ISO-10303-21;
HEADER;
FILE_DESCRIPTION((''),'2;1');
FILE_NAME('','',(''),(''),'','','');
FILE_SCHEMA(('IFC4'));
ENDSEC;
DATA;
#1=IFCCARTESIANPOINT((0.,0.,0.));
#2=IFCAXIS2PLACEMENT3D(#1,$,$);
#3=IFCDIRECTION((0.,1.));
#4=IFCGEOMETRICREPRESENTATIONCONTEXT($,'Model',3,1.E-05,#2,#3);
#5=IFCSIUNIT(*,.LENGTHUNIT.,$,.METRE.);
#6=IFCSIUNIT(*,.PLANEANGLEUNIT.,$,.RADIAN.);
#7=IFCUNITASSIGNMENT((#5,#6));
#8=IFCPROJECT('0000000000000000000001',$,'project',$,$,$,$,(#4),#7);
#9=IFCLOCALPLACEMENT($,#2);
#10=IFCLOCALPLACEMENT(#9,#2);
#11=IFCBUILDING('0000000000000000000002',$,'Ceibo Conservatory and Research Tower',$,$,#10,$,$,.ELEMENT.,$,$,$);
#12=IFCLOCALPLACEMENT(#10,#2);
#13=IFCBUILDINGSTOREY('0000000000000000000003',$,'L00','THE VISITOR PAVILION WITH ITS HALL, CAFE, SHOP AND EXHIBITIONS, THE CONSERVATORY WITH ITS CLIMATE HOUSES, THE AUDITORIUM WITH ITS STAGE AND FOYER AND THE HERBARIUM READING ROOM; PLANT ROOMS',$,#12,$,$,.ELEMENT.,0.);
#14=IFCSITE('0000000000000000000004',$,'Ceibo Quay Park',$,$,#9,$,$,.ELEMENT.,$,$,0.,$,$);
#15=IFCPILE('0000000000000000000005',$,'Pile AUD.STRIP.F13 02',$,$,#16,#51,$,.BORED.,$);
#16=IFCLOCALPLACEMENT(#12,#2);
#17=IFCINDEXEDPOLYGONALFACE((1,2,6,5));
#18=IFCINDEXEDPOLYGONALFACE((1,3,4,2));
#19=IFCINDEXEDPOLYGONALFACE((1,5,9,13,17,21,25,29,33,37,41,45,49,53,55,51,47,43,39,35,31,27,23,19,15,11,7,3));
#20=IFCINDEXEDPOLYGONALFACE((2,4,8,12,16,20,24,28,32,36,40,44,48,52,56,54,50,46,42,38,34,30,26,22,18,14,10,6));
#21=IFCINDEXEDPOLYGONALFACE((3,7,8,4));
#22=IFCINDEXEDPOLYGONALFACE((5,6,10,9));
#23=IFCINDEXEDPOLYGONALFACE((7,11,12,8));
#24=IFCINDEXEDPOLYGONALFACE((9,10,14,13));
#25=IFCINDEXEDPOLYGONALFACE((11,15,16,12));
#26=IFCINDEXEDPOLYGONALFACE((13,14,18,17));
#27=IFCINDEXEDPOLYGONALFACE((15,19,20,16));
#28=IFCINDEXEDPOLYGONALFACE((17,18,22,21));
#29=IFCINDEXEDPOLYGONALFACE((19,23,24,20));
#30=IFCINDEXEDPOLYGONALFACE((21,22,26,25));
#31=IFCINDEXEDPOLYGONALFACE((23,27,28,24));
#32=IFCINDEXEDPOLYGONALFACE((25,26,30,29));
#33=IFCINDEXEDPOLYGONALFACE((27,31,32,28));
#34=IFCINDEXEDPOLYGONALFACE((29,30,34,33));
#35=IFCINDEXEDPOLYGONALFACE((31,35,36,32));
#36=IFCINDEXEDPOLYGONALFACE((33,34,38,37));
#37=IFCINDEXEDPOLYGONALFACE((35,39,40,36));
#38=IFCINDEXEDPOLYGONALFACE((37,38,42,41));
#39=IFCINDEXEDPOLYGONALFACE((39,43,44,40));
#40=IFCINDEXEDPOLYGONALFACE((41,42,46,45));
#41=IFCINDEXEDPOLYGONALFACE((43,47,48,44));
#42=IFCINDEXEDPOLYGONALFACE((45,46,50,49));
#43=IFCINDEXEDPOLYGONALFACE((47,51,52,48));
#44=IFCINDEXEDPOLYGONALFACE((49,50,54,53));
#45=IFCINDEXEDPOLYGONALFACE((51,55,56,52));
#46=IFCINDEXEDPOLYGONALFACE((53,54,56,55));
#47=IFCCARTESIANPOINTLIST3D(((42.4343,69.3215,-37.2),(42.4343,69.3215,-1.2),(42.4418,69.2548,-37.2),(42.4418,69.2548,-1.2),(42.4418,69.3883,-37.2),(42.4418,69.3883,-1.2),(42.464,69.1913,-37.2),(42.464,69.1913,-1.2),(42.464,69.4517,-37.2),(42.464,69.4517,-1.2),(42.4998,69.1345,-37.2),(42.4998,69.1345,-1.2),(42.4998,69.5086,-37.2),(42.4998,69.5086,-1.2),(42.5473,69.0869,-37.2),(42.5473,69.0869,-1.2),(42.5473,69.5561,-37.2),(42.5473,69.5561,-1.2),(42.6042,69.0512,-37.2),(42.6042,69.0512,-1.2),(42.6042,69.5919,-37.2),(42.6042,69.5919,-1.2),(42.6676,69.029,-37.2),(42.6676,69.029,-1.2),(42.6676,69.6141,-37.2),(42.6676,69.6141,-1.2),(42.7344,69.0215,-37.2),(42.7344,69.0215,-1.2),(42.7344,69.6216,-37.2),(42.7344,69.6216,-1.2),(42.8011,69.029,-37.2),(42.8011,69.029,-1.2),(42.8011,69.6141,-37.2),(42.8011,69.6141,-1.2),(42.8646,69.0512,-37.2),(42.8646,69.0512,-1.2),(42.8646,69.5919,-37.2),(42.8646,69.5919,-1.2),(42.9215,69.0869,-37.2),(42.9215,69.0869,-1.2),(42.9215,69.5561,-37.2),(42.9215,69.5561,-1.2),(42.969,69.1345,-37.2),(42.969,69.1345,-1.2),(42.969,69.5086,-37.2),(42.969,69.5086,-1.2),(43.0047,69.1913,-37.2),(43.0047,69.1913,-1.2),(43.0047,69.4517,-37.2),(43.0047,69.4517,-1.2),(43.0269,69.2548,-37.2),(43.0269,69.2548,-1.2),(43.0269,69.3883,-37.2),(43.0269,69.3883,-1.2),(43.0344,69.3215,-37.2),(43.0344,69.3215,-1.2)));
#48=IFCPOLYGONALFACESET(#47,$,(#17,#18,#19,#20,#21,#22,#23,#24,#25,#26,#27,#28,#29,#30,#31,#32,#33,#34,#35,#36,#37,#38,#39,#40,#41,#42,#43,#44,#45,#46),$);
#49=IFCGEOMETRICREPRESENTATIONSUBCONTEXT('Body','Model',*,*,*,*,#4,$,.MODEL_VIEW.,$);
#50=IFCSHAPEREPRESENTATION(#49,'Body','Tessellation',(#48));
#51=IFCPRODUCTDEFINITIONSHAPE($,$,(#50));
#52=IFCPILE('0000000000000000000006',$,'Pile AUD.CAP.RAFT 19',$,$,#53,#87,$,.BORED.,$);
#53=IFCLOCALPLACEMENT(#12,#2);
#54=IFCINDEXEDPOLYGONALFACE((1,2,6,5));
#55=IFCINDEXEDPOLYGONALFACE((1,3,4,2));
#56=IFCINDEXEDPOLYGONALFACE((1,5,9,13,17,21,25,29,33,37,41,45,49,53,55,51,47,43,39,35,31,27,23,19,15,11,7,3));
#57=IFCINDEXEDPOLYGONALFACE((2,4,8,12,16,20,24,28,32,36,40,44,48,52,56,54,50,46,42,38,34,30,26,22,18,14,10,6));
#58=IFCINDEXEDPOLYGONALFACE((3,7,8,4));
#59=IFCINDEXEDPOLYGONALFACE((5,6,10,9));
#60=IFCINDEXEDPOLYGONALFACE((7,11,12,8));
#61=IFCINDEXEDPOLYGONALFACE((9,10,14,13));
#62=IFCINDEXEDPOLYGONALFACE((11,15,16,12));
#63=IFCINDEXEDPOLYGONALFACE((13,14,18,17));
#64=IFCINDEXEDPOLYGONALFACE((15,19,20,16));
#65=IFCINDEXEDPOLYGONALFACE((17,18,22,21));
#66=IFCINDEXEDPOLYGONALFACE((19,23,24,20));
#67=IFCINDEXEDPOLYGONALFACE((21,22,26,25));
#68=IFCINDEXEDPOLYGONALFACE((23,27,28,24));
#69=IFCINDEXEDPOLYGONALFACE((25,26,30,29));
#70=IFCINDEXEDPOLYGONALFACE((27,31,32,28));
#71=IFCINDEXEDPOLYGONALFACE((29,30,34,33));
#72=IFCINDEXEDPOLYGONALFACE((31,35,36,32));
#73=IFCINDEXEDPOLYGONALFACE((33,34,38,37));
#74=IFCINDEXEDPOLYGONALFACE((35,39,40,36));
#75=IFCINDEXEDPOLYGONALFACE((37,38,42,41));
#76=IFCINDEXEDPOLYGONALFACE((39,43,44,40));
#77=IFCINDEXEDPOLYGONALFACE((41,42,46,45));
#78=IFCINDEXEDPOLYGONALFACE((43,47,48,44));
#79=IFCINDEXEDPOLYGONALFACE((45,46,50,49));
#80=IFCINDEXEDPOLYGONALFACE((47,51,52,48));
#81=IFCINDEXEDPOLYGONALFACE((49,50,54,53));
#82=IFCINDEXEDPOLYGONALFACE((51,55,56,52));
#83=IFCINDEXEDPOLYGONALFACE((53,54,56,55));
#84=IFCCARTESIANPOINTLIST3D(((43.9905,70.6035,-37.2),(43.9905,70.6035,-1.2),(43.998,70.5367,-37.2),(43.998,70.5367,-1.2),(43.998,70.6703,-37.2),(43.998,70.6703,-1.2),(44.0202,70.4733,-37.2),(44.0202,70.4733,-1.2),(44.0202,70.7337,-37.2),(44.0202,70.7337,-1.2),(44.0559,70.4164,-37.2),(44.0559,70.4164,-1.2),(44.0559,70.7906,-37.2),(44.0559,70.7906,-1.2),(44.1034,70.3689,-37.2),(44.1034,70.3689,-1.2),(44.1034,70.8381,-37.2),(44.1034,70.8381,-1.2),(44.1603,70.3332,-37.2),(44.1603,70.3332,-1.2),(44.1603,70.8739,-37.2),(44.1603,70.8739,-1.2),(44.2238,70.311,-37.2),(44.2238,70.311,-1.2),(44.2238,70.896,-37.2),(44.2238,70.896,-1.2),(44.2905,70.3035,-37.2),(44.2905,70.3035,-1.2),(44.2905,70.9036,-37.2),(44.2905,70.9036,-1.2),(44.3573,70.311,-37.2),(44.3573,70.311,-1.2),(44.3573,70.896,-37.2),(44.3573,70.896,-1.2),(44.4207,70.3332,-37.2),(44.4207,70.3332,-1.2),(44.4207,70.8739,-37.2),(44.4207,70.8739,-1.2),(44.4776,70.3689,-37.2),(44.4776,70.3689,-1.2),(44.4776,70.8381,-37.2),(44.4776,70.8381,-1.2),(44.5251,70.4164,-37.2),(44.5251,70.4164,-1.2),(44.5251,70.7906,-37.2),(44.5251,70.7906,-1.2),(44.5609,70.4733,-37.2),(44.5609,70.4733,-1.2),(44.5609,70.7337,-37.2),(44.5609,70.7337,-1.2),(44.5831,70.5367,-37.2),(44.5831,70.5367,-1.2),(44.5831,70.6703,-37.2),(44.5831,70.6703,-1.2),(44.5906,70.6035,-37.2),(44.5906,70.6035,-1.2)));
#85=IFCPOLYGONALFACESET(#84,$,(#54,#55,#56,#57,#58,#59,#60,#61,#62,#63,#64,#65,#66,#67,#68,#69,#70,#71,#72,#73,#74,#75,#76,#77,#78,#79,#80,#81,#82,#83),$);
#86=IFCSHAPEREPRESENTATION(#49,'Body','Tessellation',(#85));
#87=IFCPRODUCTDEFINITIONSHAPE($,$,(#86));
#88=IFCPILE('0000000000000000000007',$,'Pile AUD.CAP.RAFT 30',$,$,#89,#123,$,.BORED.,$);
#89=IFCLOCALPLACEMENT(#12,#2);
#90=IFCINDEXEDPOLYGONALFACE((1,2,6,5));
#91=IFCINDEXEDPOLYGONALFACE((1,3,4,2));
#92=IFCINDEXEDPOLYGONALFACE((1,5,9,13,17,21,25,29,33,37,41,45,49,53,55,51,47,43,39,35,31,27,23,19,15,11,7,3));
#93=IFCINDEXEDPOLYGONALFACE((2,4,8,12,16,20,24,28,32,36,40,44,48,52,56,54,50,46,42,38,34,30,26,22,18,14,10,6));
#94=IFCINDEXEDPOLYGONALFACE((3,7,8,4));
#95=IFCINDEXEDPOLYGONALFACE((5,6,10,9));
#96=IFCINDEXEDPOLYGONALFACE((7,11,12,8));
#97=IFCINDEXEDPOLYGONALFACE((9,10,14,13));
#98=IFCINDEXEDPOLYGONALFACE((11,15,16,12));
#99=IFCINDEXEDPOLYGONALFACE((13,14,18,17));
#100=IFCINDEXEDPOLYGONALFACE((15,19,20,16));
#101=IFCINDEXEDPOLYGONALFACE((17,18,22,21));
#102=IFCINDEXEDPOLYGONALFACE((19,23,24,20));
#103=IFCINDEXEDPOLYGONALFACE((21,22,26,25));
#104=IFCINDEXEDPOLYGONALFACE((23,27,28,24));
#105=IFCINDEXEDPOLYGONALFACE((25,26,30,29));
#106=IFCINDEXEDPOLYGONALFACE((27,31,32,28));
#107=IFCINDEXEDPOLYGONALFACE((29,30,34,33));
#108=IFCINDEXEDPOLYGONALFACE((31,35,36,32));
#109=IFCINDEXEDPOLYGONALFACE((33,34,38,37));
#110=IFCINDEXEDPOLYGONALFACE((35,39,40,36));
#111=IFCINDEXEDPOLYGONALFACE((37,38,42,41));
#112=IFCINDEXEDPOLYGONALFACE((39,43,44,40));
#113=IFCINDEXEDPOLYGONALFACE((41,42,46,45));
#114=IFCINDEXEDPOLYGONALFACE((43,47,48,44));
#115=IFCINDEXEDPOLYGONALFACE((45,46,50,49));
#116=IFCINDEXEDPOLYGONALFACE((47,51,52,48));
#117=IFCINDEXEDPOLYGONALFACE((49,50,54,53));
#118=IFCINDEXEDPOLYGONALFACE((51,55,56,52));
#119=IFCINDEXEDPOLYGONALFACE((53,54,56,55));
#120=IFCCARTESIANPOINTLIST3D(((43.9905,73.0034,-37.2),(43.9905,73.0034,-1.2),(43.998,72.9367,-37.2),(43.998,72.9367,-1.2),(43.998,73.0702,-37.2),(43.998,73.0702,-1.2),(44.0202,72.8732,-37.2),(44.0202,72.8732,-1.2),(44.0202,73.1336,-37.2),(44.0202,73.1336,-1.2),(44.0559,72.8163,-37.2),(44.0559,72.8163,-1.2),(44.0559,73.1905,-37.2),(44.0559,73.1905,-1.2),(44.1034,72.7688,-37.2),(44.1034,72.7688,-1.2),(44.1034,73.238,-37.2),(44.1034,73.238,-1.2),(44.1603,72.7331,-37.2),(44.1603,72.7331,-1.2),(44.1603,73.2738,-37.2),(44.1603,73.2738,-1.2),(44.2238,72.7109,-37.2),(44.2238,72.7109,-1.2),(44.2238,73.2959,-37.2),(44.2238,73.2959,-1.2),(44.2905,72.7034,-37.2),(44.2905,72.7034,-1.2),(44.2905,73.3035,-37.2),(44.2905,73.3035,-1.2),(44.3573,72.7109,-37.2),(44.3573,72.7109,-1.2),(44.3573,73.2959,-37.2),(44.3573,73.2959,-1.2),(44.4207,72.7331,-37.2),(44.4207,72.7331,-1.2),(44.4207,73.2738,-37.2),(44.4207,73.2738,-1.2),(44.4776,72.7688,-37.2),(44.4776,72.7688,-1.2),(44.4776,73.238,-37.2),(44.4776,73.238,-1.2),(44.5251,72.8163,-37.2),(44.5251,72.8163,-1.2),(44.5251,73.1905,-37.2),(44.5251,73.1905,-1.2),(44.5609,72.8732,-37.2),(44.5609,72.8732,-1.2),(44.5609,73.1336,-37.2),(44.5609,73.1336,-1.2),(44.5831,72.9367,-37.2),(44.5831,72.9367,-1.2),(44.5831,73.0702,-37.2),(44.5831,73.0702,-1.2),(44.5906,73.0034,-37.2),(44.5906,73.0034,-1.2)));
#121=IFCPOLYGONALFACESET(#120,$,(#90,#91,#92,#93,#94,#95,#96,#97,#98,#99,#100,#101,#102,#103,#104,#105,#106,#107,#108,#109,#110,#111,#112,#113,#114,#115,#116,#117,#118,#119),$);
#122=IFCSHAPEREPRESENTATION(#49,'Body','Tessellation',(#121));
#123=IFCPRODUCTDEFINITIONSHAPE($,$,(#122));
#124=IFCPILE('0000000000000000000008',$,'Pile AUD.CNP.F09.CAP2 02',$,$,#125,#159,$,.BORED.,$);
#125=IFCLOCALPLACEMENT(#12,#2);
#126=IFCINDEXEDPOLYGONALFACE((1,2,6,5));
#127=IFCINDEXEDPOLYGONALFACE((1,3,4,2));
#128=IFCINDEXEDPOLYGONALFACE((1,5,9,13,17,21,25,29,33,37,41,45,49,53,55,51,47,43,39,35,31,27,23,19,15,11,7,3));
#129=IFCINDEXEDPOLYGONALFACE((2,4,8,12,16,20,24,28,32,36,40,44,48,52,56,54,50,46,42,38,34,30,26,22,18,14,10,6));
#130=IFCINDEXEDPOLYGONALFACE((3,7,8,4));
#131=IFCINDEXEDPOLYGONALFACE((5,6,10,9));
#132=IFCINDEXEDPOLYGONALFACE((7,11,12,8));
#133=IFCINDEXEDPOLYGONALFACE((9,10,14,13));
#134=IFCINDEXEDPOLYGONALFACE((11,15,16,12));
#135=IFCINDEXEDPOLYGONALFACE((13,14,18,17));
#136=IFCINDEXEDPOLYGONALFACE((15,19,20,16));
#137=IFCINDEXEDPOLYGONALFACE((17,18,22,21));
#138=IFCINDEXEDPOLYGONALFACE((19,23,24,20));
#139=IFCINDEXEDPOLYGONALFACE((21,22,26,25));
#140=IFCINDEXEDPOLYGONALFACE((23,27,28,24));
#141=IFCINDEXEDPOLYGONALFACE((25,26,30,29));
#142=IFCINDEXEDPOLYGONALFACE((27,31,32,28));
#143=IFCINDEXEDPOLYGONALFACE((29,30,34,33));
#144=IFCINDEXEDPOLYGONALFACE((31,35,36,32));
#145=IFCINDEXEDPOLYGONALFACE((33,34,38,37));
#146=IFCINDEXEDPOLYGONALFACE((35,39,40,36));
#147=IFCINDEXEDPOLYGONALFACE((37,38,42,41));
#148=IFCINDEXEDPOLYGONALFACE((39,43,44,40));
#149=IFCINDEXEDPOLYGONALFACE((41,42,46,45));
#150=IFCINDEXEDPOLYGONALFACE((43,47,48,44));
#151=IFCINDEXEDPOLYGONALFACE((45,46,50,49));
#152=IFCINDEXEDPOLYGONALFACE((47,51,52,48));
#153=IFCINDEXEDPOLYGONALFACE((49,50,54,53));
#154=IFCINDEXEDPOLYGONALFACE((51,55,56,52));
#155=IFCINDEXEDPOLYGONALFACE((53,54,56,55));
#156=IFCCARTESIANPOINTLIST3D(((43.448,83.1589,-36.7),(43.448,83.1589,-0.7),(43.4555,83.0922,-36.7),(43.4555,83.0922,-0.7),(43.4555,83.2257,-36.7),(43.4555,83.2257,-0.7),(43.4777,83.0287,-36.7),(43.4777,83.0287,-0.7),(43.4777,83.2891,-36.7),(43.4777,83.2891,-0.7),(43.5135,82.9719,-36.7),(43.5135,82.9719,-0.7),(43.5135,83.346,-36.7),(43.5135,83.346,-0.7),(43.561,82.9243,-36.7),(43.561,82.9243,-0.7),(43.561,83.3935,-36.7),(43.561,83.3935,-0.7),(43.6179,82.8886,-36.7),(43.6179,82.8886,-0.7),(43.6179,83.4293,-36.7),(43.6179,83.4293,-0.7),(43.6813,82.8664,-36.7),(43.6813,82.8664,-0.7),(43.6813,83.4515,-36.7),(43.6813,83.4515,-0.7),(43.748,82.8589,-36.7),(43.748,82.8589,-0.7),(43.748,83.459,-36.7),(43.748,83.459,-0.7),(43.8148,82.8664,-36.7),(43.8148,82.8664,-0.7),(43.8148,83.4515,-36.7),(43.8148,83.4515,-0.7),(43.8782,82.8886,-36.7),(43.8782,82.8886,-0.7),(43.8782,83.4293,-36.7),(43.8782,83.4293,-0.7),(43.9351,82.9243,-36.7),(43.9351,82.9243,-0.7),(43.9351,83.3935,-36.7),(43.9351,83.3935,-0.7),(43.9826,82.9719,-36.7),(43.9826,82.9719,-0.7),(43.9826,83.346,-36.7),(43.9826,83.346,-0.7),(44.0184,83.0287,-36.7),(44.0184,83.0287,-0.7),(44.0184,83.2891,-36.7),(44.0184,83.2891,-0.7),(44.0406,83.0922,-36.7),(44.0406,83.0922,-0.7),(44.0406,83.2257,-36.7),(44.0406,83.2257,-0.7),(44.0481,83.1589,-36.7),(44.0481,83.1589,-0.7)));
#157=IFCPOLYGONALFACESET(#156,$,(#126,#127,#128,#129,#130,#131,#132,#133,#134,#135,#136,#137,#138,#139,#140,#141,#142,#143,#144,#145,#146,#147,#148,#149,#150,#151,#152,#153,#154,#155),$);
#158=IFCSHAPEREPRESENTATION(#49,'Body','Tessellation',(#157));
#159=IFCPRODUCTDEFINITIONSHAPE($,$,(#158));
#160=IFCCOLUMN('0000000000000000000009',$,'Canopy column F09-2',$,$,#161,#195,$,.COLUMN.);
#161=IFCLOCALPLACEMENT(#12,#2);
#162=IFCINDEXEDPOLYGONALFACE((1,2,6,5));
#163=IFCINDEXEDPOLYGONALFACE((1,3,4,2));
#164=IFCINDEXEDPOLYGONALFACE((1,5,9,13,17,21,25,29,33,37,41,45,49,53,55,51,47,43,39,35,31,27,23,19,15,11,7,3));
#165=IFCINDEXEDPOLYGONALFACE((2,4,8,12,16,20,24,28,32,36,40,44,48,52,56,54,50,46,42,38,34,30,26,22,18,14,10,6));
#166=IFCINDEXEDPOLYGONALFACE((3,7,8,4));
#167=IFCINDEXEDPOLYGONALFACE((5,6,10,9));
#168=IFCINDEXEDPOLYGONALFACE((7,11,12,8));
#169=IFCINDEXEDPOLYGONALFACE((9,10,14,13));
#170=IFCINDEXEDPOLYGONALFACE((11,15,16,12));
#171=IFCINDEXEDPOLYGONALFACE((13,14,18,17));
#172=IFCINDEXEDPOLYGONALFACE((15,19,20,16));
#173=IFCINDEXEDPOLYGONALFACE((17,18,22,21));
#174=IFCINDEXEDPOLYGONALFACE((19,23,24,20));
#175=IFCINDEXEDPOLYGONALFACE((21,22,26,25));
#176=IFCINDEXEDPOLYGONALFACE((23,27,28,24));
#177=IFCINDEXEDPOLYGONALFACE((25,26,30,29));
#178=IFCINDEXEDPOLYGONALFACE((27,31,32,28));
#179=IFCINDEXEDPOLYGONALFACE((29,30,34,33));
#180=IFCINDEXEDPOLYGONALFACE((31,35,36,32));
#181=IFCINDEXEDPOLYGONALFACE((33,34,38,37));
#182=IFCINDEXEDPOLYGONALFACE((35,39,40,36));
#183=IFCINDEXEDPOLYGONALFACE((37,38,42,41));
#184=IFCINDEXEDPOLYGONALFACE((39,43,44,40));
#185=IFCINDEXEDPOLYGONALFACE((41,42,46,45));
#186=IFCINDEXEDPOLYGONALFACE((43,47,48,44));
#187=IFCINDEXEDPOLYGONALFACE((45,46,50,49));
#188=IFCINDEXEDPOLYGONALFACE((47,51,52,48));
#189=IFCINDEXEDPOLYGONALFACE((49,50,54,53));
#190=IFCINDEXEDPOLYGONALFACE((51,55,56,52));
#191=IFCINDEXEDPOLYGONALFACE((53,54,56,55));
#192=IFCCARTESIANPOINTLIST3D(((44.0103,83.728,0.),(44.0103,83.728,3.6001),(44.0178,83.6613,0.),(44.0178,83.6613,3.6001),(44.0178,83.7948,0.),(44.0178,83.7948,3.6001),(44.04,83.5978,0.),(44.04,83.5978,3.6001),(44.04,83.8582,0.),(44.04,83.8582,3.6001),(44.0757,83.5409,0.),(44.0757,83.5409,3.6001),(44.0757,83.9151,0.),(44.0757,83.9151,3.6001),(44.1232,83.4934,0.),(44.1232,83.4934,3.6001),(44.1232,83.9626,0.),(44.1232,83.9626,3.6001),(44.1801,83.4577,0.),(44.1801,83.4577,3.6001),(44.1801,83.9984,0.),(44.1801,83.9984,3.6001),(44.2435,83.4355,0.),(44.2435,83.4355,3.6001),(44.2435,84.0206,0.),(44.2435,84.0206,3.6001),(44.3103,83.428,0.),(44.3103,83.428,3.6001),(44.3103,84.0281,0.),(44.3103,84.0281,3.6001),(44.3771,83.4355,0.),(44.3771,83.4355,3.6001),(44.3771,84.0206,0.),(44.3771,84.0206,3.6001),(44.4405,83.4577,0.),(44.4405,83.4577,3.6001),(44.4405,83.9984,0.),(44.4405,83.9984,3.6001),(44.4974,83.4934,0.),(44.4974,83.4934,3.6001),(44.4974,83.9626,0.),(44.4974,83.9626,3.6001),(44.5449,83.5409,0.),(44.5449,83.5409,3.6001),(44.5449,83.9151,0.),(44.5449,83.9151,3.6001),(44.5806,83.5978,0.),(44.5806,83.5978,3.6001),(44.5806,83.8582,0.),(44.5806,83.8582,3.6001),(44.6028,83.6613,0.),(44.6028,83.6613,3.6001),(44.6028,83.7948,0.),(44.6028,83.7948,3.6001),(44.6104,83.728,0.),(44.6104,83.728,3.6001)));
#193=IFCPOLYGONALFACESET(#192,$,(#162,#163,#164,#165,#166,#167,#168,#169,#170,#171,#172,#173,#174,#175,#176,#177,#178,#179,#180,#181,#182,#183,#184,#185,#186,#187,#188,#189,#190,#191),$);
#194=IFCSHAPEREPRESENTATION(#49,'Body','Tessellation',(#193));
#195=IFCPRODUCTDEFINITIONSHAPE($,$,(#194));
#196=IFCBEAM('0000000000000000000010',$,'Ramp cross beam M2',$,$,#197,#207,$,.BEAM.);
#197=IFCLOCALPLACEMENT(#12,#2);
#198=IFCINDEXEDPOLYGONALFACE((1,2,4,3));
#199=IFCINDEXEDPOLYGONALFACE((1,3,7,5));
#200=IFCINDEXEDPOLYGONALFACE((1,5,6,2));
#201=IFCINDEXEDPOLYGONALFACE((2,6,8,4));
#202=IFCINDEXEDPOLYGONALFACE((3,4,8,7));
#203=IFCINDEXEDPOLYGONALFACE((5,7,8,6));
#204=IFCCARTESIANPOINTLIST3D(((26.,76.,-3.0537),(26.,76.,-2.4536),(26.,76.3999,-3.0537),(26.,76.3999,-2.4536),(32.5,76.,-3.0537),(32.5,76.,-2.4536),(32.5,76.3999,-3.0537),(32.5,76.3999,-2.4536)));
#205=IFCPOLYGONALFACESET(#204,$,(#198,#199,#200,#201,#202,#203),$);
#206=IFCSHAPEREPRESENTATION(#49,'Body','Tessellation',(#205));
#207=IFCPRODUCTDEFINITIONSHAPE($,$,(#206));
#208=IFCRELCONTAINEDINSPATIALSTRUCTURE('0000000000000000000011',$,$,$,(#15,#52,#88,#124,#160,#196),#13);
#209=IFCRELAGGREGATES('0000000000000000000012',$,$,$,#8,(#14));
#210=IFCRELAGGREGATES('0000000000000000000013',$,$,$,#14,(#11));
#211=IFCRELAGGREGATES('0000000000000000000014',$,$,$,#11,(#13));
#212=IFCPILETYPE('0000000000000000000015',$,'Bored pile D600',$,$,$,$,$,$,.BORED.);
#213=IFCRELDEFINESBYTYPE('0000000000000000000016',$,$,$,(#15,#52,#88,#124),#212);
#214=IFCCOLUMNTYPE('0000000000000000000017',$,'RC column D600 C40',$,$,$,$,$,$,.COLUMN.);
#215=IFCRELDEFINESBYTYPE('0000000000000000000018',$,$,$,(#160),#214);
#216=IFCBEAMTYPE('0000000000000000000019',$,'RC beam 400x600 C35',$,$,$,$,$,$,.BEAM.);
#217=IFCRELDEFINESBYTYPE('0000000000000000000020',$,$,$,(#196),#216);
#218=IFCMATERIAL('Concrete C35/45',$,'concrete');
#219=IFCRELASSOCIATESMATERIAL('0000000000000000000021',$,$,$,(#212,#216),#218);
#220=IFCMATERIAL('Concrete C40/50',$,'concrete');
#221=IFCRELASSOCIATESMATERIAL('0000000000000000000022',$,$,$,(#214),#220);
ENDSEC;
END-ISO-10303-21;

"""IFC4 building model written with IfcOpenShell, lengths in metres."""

from ifc_helpers import new_model, si_unit, direction, frame, origin, origin_2d, place, context, subcontext, project, spatial, rectangle, circle, extrude, material, material_profile, profile_set, type_object, element, save


model = new_model("IFC4")

# Units and contexts
model_context = context("Model", 3, precision=1e-05, world=origin(), true_north=direction((0.0, 1.0)))
body_context = subcontext(model_context, "Body", "Model", "MODEL_VIEW")
ifc_project = project(units=[si_unit("LENGTHUNIT", "METRE"), si_unit("PLANEANGLEUNIT", "RADIAN")], contexts=[model_context])

# Site, building, storey
site_placement = place(None, origin())
site = spatial("IfcSite", under=ifc_project, at=site_placement, Name="Ceibo Quay Park", CompositionType="ELEMENT", RefElevation=0.0)
building_placement = place(site_placement, origin())
building = spatial("IfcBuilding", under=site, at=building_placement, Name="Ceibo Conservatory and Research Tower", CompositionType="ELEMENT")
storey_placement = place(building_placement, origin())
storey = spatial("IfcBuildingStorey", under=building, at=storey_placement, Name="L00", Description="THE VISITOR PAVILION WITH ITS HALL, CAFE, SHOP AND EXHIBITIONS, THE CONSERVATORY WITH ITS CLIMATE HOUSES, THE AUDITORIUM WITH ITS STAGE AND FOYER AND THE HERBARIUM READING ROOM; PLANT ROOMS", CompositionType="ELEMENT", Elevation=0.0)

# Piles
ifc_material_1 = material(Name="Concrete C35/45", Category="concrete")
ifc_material_profile_1 = material_profile(ifc_material_1, circle(Radius=0.3, at=origin_2d()), Name="RC D600")
ifc_profile_set_1 = profile_set([ifc_material_profile_1], Name="Concrete C35/45")
pile_type = type_object("IfcPileType", Name="Bored pile D600", PredefinedType="BORED", material=ifc_profile_set_1)
for number, where, z_axis, x_axis, name in (
    (1, (42.7344, 69.3215, -1.2), (0.0, 0.0, -1.0), (1.0, 0.0, 0.0), "Pile AUD.STRIP.F13 02"),
    (2, (44.2905, 70.6035, -1.2), (0.0, 0.0, -1.0), (1.0, 0.0, 0.0), "Pile AUD.CAP.RAFT 19"),
    (3, (44.2905, 73.0034, -1.2), (0.0, 0.0, -1.0), (1.0, 0.0, 0.0), "Pile AUD.CAP.RAFT 30"),
    (4, (43.748, 83.1589, -0.7), (0.0, 0.0, -1.0), (1.0, 0.0, 0.0), "Pile AUD.CNP.F09.CAP2 02"),
):
    element("IfcPile", number, at=place(storey_placement, frame(where, z_axis=z_axis, x_axis=x_axis)), inside=storey, type_object=pile_type, Name=name, PredefinedType="BORED", context=body_context, shape_type="SweptSolid", body=[
        extrude(circle(Radius=0.3, at=origin_2d()), origin(), (0.0, 0.0, 1.0), 36.0),
    ])

# Column
ifc_material_2 = material(Name="Concrete C40/50", Category="concrete")
ifc_material_profile_2 = material_profile(ifc_material_2, circle(Radius=0.3, at=origin_2d()), Name="RC D600")
ifc_profile_set_2 = profile_set([ifc_material_profile_2], Name="Concrete C40/50")
column_type = type_object("IfcColumnType", Name="RC column D600 C40", PredefinedType="COLUMN", material=ifc_profile_set_2)
column_placement = place(storey_placement, frame((44.3103, 83.728, 0.0), z_axis=(0.0, 0.0, 1.0), x_axis=(1.0, 0.0, 0.0)))
element("IfcColumn", 5, at=column_placement, inside=storey, type_object=column_type, Name="Canopy column F09-2", PredefinedType="COLUMN", context=body_context, shape_type="SweptSolid", body=[
    extrude(circle(Radius=0.3, at=origin_2d()), origin(), (0.0, 0.0, 1.0), 3.6001),
])

# Beam
ifc_material_profile_3 = material_profile(ifc_material_1, rectangle(XDim=0.3999, YDim=0.6001, at=origin_2d()), Name="RC 400x600")
ifc_profile_set_3 = profile_set([ifc_material_profile_3], Name="Concrete C35/45")
beam_type = type_object("IfcBeamType", Name="RC beam 400x600 C35", PredefinedType="BEAM", material=ifc_profile_set_3)
beam_1_placement = place(storey_placement, frame((26.0, 76.2, -2.7537), z_axis=(1.0, 0.0, 0.0), x_axis=(0.0, 1.0, 0.0)))
element("IfcBeam", 6, at=beam_1_placement, inside=storey, type_object=beam_type, Name="Ramp cross beam M2", PredefinedType="BEAM", context=body_context, shape_type="SweptSolid", body=[
    extrude(rectangle(XDim=0.3999, YDim=0.6001, at=origin_2d()), origin(), (0.0, 0.0, 1.0), 6.5),
])

save(model, "model.ifc")
